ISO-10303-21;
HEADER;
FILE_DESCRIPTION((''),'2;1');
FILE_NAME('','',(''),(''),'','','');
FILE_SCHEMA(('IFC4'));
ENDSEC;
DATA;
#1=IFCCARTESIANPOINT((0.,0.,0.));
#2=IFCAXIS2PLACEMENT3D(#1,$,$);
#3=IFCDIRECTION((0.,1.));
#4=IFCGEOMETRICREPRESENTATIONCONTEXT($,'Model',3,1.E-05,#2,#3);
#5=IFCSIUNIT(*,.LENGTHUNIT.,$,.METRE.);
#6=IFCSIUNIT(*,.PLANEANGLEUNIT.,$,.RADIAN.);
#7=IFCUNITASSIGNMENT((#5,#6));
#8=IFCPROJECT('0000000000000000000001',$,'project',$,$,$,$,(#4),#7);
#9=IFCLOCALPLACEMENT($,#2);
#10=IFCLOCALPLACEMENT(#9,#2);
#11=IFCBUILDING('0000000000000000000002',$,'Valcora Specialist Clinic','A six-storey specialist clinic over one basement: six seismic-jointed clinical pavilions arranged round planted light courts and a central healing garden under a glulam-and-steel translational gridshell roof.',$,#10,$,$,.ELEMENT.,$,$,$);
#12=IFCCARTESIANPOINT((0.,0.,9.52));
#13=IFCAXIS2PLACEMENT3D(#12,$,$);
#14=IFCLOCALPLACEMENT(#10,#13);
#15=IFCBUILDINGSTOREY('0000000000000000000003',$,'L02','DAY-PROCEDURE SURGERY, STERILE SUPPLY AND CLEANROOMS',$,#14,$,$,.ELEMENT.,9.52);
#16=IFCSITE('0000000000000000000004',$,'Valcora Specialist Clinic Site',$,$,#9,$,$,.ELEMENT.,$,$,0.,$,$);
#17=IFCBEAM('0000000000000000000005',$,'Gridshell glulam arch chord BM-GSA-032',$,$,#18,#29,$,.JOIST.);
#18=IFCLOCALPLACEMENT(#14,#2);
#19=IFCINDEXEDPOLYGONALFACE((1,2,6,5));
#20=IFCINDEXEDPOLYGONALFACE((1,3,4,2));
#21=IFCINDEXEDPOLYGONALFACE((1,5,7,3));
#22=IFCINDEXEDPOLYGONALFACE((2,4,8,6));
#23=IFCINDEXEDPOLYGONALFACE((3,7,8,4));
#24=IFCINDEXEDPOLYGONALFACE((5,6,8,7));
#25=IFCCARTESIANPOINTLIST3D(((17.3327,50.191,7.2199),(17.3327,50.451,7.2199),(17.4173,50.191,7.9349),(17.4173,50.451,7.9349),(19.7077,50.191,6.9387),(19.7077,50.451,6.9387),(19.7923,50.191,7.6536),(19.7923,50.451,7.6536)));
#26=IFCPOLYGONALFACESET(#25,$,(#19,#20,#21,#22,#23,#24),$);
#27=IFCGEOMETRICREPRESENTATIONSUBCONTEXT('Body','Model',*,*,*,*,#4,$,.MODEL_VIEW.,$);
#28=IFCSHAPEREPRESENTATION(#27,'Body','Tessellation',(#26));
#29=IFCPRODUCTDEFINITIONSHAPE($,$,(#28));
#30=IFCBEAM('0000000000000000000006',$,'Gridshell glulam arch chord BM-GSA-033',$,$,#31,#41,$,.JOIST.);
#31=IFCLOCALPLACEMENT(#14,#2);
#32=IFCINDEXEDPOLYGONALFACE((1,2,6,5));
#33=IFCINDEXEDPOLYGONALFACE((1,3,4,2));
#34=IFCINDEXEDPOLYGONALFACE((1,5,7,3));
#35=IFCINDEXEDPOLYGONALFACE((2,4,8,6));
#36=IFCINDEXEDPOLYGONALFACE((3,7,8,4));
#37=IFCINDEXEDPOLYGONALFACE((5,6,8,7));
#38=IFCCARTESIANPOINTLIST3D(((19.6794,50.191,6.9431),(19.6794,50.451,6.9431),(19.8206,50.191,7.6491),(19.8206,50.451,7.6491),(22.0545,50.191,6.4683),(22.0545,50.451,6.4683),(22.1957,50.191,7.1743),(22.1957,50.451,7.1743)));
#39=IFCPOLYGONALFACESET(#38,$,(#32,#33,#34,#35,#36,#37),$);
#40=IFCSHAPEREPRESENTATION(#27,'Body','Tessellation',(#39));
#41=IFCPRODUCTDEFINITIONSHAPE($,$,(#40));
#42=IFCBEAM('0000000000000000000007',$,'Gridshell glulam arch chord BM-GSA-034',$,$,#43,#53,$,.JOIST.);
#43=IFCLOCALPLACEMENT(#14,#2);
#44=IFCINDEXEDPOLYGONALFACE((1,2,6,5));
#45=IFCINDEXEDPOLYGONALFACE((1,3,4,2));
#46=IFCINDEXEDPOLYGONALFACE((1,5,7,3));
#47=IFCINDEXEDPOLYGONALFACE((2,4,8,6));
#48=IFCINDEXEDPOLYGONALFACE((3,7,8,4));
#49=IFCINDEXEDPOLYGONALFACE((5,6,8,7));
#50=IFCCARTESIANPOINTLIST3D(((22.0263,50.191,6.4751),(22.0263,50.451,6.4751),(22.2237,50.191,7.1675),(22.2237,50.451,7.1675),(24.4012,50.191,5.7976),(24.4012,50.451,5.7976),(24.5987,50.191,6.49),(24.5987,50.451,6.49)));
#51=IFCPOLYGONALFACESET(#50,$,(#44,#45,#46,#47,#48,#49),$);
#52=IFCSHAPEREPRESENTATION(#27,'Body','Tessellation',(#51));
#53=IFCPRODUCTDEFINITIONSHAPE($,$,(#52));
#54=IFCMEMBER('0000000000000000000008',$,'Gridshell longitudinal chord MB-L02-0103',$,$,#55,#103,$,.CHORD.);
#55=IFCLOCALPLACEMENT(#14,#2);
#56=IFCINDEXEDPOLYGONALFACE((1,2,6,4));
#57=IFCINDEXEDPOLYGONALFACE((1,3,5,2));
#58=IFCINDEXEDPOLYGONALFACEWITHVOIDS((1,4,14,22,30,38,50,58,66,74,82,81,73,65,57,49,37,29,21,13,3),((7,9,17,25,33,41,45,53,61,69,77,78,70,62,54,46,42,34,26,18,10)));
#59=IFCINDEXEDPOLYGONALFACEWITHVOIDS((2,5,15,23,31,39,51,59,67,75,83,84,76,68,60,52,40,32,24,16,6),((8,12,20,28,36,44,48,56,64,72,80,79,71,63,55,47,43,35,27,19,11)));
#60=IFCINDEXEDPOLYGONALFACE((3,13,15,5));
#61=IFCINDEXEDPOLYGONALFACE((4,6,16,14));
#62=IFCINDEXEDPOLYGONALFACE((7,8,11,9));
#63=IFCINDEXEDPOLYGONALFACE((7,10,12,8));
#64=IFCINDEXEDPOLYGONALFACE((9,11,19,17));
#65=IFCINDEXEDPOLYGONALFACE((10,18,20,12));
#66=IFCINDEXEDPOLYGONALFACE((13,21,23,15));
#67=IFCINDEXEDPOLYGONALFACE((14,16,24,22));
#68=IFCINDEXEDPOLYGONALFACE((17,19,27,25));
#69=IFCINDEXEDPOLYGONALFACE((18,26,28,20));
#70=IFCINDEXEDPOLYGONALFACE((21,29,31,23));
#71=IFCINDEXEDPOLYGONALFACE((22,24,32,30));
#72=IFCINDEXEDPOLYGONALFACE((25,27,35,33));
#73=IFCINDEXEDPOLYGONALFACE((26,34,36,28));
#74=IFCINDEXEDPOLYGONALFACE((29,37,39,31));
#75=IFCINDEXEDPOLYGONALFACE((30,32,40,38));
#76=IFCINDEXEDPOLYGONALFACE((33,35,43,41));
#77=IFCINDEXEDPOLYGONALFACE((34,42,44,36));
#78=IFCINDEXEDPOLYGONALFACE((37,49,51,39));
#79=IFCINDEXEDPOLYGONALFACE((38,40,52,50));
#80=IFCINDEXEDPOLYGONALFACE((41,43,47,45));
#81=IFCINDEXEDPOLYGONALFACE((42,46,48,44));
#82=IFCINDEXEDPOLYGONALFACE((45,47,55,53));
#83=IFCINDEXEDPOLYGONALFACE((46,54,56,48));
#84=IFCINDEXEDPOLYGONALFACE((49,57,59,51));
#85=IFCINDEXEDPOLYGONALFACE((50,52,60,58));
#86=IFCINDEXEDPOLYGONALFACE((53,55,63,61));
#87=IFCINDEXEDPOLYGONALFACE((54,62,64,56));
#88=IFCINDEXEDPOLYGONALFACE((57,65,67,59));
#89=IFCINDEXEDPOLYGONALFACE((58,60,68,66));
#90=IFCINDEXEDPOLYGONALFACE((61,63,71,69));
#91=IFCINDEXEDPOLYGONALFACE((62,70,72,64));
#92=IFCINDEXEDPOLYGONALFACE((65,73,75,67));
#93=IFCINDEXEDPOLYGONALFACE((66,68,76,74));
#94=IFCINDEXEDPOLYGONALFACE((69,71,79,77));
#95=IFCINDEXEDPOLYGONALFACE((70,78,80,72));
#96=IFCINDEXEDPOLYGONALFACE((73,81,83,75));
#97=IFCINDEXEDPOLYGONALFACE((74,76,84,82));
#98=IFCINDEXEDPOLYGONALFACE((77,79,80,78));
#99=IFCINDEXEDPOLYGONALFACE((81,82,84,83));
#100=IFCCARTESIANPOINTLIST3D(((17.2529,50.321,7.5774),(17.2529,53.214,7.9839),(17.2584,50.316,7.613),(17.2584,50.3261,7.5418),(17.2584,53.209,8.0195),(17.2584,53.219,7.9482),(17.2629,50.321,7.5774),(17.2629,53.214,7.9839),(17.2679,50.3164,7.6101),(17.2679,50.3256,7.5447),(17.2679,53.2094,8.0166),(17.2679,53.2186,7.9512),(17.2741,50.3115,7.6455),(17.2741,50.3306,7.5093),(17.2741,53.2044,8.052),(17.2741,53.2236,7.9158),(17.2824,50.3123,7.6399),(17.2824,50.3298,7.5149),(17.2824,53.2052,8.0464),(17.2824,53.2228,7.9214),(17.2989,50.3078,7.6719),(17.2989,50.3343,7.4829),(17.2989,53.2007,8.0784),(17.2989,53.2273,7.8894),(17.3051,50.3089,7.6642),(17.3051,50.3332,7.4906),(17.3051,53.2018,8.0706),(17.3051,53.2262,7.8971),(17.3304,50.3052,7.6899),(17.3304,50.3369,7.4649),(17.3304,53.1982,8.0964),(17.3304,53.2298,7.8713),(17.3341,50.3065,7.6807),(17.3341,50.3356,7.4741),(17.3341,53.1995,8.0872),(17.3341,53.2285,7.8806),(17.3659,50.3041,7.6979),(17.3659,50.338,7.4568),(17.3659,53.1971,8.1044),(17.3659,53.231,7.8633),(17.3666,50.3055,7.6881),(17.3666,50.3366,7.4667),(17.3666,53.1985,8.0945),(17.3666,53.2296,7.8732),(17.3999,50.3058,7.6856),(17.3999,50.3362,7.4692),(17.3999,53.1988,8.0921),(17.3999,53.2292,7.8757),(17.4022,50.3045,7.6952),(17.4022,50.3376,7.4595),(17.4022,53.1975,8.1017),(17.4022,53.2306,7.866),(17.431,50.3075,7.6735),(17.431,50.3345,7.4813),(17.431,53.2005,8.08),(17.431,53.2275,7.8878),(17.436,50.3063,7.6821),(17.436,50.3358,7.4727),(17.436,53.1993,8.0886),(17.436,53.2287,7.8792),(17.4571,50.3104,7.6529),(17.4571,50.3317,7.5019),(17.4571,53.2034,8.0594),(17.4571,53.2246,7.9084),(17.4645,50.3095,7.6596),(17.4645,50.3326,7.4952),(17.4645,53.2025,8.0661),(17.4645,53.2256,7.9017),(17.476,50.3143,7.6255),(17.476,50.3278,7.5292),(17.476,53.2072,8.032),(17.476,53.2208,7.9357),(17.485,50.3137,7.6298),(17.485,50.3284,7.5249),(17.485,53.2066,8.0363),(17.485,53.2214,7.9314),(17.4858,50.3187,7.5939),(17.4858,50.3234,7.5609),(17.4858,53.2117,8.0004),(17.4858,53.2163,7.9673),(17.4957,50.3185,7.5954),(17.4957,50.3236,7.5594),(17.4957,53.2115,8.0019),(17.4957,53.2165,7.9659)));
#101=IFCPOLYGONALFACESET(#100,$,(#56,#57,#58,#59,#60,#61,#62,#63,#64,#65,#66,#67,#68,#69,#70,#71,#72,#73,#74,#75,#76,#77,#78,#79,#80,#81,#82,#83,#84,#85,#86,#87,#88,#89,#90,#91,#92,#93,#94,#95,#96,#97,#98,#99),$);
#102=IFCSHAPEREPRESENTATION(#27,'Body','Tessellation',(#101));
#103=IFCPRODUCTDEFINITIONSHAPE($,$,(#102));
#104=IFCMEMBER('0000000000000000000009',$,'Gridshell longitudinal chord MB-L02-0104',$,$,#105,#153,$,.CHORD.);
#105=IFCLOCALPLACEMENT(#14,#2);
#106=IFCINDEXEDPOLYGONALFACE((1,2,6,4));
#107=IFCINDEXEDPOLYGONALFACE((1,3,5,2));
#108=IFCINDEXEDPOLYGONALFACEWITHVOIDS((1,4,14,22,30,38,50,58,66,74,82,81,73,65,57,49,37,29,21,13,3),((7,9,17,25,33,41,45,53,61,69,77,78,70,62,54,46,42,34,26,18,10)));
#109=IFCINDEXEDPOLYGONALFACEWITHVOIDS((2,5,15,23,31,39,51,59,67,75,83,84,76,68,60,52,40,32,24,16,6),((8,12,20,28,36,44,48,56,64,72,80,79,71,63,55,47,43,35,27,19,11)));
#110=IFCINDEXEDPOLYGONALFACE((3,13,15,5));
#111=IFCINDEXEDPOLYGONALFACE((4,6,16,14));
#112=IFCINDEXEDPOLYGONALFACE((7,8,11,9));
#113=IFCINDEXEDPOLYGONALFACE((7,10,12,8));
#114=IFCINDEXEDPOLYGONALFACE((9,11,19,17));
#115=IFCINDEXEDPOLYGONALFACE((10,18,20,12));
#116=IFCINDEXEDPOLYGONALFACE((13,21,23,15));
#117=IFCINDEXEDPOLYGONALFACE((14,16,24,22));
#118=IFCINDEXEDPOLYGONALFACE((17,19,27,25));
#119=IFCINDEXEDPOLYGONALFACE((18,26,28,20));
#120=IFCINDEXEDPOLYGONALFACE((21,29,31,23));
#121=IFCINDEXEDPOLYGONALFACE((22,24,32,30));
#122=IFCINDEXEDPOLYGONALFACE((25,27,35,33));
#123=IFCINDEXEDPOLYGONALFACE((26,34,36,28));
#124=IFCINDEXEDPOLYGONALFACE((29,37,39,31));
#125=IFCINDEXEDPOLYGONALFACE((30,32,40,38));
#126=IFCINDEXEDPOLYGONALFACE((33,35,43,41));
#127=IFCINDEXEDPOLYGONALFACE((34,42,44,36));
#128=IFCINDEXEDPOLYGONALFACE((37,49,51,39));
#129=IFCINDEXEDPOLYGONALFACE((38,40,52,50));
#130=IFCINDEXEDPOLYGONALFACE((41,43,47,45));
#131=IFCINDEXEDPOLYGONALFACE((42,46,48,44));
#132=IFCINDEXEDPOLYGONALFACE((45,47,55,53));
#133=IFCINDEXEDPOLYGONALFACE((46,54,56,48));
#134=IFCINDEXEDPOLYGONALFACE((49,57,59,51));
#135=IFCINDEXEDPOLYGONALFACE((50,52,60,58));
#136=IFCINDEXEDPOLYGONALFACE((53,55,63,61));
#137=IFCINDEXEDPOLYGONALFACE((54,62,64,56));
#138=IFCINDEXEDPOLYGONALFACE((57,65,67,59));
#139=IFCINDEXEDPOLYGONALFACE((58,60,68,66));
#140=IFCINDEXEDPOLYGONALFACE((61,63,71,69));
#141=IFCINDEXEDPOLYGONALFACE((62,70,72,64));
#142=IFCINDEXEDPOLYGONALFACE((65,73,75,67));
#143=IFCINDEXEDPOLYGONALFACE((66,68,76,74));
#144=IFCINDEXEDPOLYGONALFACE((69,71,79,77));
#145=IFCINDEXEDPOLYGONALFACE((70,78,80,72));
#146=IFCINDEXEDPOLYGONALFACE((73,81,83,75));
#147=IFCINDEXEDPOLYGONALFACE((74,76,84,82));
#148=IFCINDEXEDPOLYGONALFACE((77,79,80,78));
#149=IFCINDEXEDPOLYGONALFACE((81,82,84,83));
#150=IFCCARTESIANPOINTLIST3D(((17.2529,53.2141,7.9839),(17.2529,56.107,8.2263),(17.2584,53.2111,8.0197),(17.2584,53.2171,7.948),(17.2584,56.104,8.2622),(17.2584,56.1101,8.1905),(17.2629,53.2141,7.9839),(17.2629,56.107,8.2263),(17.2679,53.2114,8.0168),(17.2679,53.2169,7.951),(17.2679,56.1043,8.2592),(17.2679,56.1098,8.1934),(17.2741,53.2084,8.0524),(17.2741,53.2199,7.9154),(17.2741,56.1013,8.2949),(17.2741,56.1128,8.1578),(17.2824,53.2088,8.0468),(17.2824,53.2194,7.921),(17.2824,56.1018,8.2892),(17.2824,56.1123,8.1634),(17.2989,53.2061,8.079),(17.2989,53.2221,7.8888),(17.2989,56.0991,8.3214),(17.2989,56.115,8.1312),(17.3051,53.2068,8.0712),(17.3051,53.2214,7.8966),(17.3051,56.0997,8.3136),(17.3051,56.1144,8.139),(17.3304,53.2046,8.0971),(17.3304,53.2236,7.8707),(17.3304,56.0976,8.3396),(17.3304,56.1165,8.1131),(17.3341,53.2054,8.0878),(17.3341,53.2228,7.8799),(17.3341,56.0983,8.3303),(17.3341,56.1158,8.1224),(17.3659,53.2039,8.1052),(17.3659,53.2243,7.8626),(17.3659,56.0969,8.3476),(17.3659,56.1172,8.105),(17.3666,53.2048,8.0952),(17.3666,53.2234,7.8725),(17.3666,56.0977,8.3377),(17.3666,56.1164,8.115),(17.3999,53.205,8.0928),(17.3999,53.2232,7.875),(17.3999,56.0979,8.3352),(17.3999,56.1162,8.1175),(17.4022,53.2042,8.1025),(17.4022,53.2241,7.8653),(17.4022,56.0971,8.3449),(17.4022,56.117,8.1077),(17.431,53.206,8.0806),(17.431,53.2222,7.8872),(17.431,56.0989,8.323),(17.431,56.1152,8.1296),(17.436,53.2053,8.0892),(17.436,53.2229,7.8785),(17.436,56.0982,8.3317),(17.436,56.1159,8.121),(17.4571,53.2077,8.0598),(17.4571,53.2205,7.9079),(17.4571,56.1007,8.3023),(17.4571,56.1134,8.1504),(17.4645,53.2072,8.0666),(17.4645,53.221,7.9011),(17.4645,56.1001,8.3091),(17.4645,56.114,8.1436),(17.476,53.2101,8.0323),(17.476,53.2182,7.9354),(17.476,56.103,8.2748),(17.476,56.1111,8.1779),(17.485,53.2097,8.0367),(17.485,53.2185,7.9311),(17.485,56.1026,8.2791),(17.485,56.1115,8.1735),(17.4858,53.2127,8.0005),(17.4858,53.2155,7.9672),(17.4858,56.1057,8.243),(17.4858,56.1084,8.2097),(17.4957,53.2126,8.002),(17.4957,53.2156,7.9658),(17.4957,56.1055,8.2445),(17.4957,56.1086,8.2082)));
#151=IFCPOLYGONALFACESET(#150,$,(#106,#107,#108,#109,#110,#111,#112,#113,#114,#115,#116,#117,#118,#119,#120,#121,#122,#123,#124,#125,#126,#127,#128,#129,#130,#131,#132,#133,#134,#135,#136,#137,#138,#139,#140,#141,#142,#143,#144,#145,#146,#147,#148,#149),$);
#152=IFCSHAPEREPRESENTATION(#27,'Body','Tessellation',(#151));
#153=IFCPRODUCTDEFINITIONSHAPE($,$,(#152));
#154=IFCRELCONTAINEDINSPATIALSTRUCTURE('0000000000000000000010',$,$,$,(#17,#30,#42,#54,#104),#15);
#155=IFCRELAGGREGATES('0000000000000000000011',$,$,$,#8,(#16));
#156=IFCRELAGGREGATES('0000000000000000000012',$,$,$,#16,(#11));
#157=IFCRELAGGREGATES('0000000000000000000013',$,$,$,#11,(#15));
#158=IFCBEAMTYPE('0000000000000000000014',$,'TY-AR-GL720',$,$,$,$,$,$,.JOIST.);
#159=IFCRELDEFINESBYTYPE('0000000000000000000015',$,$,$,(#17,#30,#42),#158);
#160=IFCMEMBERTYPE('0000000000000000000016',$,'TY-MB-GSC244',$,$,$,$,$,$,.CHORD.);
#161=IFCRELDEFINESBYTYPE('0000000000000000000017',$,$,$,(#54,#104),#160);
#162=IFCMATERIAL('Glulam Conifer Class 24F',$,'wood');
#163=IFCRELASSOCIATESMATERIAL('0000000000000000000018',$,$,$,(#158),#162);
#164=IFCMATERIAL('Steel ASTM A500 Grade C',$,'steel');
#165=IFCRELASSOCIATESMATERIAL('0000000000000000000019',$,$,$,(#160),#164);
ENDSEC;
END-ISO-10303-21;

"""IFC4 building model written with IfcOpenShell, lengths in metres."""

from ifc_helpers import new_model, si_unit, direction, frame, origin, origin_2d, place, context, subcontext, project, spatial, rectangle, hollow_circle, extrude, material, material_profile, profile_set, type_object, element, save


model = new_model("IFC4")

# Units and contexts
model_context = context("Model", 3, precision=1e-05, world=origin(), true_north=direction((0.0, 1.0)))
body_context = subcontext(model_context, "Body", "Model", "MODEL_VIEW")
ifc_project = project(units=[si_unit("LENGTHUNIT", "METRE"), si_unit("PLANEANGLEUNIT", "RADIAN")], contexts=[model_context])

# Site, building, storey
site_placement = place(None, origin())
site = spatial("IfcSite", under=ifc_project, at=site_placement, Name="Valcora Specialist Clinic Site", CompositionType="ELEMENT", RefElevation=0.0)
building_placement = place(site_placement, origin())
building = spatial("IfcBuilding", under=site, at=building_placement, Name="Valcora Specialist Clinic", Description="A six-storey specialist clinic over one basement: six seismic-jointed clinical pavilions arranged round planted light courts and a central healing garden under a glulam-and-steel translational gridshell roof.", CompositionType="ELEMENT")
storey_placement = place(building_placement, frame((0.0, 0.0, 9.52)))
storey = spatial("IfcBuildingStorey", under=building, at=storey_placement, Name="L02", Description="DAY-PROCEDURE SURGERY, STERILE SUPPLY AND CLEANROOMS", CompositionType="ELEMENT", Elevation=9.52)

# Beams
ifc_material_1 = material(Name="Glulam Conifer Class 24F", Category="wood")
ifc_material_profile_1 = material_profile(ifc_material_1, rectangle(XDim=0.26, YDim=0.72, at=origin_2d()), Name="GL-ARC-260X720")
ifc_profile_set_1 = profile_set([ifc_material_profile_1], Name="Glulam Conifer Class 24F")
beam_type = type_object("IfcBeamType", Name="TY-AR-GL720", PredefinedType="JOIST", material=ifc_profile_set_1)
beam_1_placement = place(storey_placement, frame((17.375, 50.321, 7.5774), z_axis=(0.993061, 0.0, -0.117599), x_axis=(0.0, 1.0, 0.0)))
element("IfcBeam", 1, at=beam_1_placement, inside=storey, type_object=beam_type, Name="Gridshell glulam arch chord BM-GSA-032", PredefinedType="JOIST", context=body_context, shape_type="SweptSolid", body=[
    extrude(rectangle(XDim=0.26, YDim=0.72, at=origin_2d()), origin(), (0.0, 0.0, 1.0), 2.3916),
])
beam_2_placement = place(storey_placement, frame((19.75, 50.321, 7.2961), z_axis=(0.980592, 0.0, -0.196058), x_axis=(0.0, 1.0, 0.0)))
element("IfcBeam", 2, at=beam_2_placement, inside=storey, type_object=beam_type, Name="Gridshell glulam arch chord BM-GSA-033", PredefinedType="JOIST", context=body_context, shape_type="SweptSolid", body=[
    extrude(rectangle(XDim=0.26, YDim=0.72, at=origin_2d()), origin(), (0.0, 0.0, 1.0), 2.4221),
])
beam_3_placement = place(storey_placement, frame((22.125, 50.321, 6.8213), z_axis=(0.96164, 0.0, -0.274316), x_axis=(0.0, 1.0, 0.0)))
element("IfcBeam", 3, at=beam_3_placement, inside=storey, type_object=beam_type, Name="Gridshell glulam arch chord BM-GSA-034", PredefinedType="JOIST", context=body_context, shape_type="SweptSolid", body=[
    extrude(rectangle(XDim=0.26, YDim=0.72, at=origin_2d()), origin(), (0.0, 0.0, 1.0), 2.4697),
])

# Members
ifc_material_2 = material(Name="Steel ASTM A500 Grade C", Category="steel")
ifc_material_profile_2 = material_profile(ifc_material_2, hollow_circle(Radius=0.1221, WallThickness=0.01, at=origin_2d()), Name="ST-CHS-244X10")
ifc_profile_set_2 = profile_set([ifc_material_profile_2], Name="Steel ASTM A500 Grade C")
member_type_1 = type_object("IfcMemberType", Name="TY-MB-GSC244", PredefinedType="CHORD", material=ifc_profile_set_2)
member_1_placement = place(storey_placement, frame((17.375, 50.321, 7.5774), z_axis=(0.0, 0.990273, 0.13914), x_axis=(-1.0, 0.0, 0.0)))
element("IfcMember", 4, at=member_1_placement, inside=storey, type_object=member_type_1, Name="Gridshell longitudinal chord MB-L02-0103", PredefinedType="CHORD", context=body_context, shape_type="SweptSolid", body=[
    extrude(hollow_circle(Radius=0.1221, WallThickness=0.01, at=origin_2d()), origin(), (0.0, 0.0, 1.0), 2.9214),
])
member_2_placement = place(storey_placement, frame((17.375, 53.2141, 7.9839), z_axis=(0.0, 0.996507, 0.083512), x_axis=(-1.0, 0.0, 0.0)))
element("IfcMember", 5, at=member_2_placement, inside=storey, type_object=member_type_1, Name="Gridshell longitudinal chord MB-L02-0104", PredefinedType="CHORD", context=body_context, shape_type="SweptSolid", body=[
    extrude(hollow_circle(Radius=0.1221, WallThickness=0.01, at=origin_2d()), origin(), (0.0, 0.0, 1.0), 2.9031),
])

save(model, "model.ifc")
